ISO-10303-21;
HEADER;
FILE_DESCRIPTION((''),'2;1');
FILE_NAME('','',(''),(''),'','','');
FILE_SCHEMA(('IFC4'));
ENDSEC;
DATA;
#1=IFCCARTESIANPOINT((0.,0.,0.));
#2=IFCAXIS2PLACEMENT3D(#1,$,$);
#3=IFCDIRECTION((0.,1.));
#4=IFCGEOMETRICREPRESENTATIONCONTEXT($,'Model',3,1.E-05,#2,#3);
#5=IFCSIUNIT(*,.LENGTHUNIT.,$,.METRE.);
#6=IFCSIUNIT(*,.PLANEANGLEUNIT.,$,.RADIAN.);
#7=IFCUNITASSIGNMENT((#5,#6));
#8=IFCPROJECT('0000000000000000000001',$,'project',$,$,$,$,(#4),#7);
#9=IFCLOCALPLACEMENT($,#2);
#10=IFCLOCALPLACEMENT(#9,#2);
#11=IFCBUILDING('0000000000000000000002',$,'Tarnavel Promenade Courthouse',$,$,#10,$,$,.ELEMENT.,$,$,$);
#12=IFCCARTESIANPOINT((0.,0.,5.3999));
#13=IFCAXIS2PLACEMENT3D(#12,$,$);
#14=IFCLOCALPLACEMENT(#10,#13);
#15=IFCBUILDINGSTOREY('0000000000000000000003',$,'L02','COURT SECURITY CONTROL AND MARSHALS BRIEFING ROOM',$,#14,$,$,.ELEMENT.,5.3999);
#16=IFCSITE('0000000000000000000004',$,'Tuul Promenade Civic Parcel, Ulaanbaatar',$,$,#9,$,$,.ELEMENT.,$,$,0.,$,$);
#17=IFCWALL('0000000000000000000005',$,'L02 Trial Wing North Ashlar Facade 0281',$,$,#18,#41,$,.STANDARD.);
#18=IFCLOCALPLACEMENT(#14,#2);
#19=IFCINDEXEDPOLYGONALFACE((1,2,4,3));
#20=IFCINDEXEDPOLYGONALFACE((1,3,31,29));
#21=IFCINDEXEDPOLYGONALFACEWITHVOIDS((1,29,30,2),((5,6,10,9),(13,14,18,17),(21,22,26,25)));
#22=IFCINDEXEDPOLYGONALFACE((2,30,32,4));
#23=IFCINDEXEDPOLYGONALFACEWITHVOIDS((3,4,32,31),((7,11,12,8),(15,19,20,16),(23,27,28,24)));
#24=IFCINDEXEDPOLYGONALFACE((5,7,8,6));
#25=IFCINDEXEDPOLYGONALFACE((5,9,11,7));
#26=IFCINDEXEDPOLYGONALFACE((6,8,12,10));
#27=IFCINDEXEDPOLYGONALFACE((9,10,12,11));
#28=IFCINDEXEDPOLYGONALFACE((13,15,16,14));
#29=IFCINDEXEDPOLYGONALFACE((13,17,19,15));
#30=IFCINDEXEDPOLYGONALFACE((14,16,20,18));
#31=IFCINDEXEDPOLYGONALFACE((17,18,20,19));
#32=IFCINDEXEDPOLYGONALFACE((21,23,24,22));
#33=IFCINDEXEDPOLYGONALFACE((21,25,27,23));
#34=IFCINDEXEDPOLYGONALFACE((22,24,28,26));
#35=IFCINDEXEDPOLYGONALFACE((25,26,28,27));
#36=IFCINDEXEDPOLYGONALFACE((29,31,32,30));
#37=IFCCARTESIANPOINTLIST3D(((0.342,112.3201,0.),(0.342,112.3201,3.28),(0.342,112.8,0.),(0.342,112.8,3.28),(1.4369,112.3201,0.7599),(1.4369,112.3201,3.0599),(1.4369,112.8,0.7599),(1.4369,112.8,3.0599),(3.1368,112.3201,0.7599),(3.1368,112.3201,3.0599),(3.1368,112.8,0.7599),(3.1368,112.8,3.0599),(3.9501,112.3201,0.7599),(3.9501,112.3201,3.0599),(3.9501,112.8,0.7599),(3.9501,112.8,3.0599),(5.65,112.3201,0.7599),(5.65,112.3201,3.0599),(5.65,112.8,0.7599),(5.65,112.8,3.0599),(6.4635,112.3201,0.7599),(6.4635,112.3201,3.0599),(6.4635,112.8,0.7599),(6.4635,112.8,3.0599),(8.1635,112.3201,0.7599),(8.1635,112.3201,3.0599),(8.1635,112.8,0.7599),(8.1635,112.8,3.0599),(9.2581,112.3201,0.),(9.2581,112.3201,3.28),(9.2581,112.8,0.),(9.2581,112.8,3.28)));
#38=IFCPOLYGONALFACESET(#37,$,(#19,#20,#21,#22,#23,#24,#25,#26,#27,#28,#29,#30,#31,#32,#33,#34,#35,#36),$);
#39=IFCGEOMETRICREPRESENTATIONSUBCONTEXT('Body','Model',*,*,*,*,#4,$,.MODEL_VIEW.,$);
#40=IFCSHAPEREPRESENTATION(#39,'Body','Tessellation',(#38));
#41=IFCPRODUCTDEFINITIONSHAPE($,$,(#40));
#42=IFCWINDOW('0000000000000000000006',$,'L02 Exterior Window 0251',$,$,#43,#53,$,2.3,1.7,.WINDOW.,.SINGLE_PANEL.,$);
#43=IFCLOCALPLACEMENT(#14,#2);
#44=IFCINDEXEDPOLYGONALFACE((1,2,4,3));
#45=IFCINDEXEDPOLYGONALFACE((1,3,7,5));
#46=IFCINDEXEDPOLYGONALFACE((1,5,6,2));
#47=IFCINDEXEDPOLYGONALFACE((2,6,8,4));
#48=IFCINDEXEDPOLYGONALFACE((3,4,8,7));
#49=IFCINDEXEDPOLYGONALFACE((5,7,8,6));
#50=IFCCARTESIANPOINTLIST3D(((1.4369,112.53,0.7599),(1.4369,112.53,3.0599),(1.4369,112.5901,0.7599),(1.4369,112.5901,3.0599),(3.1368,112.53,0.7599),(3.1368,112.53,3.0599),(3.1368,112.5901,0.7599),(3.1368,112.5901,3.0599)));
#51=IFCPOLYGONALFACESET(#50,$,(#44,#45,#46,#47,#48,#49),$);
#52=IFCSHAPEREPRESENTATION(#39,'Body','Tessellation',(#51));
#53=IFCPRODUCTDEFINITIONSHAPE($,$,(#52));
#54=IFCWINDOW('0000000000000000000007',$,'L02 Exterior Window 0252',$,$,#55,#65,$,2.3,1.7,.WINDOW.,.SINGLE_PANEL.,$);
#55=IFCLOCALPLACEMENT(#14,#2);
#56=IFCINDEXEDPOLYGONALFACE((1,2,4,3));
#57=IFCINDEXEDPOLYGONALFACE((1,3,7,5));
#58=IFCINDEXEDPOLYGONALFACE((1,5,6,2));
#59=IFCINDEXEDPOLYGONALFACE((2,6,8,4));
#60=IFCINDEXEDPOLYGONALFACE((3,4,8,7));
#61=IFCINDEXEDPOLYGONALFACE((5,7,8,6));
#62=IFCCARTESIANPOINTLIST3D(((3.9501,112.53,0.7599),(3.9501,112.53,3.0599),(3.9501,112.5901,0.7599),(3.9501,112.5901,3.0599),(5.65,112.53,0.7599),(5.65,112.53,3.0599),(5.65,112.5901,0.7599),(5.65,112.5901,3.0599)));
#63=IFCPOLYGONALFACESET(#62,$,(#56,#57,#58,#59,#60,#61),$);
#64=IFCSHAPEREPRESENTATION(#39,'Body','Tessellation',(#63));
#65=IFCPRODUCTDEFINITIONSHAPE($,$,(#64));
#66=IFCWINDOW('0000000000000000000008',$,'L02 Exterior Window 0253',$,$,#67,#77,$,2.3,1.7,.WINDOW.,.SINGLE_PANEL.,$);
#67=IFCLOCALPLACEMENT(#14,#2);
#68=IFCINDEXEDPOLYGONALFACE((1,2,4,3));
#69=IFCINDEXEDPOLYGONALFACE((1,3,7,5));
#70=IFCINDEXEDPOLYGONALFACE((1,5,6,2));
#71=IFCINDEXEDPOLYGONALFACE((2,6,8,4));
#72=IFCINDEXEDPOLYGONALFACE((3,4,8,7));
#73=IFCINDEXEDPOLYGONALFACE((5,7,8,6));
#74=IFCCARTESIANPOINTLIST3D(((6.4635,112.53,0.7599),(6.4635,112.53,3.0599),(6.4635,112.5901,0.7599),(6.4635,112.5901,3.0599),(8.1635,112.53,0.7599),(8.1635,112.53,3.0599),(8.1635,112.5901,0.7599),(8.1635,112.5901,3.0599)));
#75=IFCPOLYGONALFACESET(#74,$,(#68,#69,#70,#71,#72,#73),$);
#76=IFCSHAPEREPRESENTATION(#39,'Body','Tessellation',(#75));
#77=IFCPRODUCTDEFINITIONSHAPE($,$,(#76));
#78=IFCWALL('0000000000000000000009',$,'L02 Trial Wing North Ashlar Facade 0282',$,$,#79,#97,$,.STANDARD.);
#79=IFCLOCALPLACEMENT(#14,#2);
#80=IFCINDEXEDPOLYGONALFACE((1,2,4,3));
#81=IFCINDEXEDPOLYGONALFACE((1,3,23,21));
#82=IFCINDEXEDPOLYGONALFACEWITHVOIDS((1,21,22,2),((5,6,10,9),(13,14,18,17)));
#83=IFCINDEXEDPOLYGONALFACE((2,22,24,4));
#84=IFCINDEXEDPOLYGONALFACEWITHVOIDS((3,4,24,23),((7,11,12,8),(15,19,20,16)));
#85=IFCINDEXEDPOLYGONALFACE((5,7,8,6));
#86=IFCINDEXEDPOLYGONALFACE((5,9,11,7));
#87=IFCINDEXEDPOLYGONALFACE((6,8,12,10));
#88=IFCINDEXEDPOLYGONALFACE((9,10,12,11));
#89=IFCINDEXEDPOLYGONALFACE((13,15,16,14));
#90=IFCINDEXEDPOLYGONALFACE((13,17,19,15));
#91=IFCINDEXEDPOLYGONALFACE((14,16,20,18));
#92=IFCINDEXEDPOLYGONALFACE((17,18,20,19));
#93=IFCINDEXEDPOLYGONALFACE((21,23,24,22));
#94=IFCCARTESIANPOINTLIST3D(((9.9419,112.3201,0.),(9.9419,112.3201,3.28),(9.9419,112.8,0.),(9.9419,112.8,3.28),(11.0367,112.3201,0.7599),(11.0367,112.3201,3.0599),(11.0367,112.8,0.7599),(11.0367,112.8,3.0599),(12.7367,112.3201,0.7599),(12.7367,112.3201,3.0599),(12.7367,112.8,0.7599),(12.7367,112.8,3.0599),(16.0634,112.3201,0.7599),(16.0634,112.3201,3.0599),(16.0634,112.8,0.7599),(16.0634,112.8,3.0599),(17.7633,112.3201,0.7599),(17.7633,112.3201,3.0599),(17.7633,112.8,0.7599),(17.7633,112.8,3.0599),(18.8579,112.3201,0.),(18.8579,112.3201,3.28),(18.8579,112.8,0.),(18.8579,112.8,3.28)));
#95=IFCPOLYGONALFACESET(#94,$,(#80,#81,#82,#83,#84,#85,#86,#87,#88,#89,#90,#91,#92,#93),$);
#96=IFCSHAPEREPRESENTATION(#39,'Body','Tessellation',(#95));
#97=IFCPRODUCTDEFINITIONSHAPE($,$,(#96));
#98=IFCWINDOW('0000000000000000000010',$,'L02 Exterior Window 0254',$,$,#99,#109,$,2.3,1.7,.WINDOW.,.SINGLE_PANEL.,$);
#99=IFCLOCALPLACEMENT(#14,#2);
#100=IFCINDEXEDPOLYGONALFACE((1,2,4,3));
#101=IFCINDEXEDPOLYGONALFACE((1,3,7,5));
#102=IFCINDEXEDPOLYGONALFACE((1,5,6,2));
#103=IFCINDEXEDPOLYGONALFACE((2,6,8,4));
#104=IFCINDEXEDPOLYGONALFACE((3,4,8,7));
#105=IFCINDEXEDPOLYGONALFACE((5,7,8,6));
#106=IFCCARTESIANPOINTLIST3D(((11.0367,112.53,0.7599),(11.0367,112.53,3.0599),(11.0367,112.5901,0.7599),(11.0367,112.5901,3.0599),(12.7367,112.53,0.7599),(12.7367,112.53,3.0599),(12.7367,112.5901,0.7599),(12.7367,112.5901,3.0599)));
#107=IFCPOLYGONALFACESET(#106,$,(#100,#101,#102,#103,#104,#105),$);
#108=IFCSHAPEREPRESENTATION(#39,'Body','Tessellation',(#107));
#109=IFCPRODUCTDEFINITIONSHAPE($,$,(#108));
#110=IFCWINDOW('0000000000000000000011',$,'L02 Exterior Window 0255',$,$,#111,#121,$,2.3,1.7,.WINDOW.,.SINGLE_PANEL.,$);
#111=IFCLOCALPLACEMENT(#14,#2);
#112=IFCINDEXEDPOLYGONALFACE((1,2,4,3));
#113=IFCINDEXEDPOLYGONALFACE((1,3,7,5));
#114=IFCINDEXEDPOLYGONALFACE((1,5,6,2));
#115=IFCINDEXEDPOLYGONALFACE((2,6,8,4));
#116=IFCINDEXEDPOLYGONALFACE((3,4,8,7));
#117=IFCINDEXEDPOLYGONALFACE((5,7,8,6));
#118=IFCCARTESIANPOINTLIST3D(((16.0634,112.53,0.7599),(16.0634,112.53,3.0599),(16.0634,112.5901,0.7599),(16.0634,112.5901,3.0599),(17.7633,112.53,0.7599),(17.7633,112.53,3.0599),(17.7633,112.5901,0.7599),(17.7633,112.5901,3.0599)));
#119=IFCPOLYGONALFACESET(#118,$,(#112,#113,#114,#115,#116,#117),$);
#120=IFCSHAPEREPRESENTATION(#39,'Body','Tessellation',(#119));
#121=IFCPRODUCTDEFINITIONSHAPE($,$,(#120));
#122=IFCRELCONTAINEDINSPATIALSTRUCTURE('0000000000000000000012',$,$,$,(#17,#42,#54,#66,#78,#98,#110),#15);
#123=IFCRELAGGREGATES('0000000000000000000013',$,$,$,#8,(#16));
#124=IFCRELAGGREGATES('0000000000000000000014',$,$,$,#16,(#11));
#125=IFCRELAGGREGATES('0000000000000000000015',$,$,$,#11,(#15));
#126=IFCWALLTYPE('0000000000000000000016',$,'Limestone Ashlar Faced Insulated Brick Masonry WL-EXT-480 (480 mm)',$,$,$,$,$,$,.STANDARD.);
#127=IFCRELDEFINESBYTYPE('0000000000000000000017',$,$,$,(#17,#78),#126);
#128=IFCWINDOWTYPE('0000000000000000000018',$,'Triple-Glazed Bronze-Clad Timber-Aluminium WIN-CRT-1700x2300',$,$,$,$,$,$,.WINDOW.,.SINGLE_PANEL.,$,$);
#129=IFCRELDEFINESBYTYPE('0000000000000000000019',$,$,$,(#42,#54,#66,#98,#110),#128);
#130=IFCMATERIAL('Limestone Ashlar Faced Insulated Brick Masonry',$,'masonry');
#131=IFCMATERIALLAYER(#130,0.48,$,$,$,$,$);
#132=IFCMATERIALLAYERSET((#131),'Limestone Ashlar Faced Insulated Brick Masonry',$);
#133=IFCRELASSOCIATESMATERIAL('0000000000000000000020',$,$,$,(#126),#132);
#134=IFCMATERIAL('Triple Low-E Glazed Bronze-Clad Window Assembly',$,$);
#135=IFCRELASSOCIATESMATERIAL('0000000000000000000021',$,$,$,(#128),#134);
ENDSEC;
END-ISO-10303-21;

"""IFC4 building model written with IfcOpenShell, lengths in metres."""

from ifc_helpers import new_model, si_unit, direction, frame, frame_2d, origin, place, context, subcontext, project, spatial, rectangle, extrude, material, layer, layer_set, type_object, element, fill, save


model = new_model("IFC4")

# Units and contexts
model_context = context("Model", 3, precision=1e-05, world=origin(), true_north=direction((0.0, 1.0)))
body_context = subcontext(model_context, "Body", "Model", "MODEL_VIEW")
ifc_project = project(units=[si_unit("LENGTHUNIT", "METRE"), si_unit("PLANEANGLEUNIT", "RADIAN")], contexts=[model_context])

# Site, building, storey
site_placement = place(None, origin())
site = spatial("IfcSite", under=ifc_project, at=site_placement, Name="Tuul Promenade Civic Parcel, Ulaanbaatar", CompositionType="ELEMENT", RefElevation=0.0)
building_placement = place(site_placement, origin())
building = spatial("IfcBuilding", under=site, at=building_placement, Name="Tarnavel Promenade Courthouse", CompositionType="ELEMENT")
storey_placement = place(building_placement, frame((0.0, 0.0, 5.3999)))
storey = spatial("IfcBuildingStorey", under=building, at=storey_placement, Name="L02", Description="COURT SECURITY CONTROL AND MARSHALS BRIEFING ROOM", CompositionType="ELEMENT", Elevation=5.3999)

# Walls, openings, windows
ifc_material_1 = material(Name="Limestone Ashlar Faced Insulated Brick Masonry", Category="masonry")
ifc_layer_1 = layer(ifc_material_1, 0.48)
ifc_layer_set_1 = layer_set([ifc_layer_1], Name="Limestone Ashlar Faced Insulated Brick Masonry")
wall_type_1 = type_object("IfcWallType", Name="Limestone Ashlar Faced Insulated Brick Masonry WL-EXT-480 (480 mm)", PredefinedType="STANDARD", material=ifc_layer_set_1)
wall_1_placement = place(storey_placement, frame((0.342, 112.5601, 0.0), z_axis=(0.0, 0.0, 1.0), x_axis=(1.0, 0.0, 0.0)))
wall_1 = element("IfcWall", 1, at=wall_1_placement, inside=storey, type_object=wall_type_1, Name="L02 Trial Wing North Ashlar Facade 0281", PredefinedType="STANDARD", context=body_context, shape_type="SweptSolid", body=[
    extrude(rectangle(XDim=8.916, YDim=0.48, at=frame_2d((4.458, 0.0))), origin(), (0.0, 0.0, 1.0), 3.28),
])
opening_1_placement = place(wall_1_placement, frame((1.0947, 0.0, 0.76)))
opening_1 = element("IfcOpeningElement", 2, at=opening_1_placement, cuts=wall_1, PredefinedType="OPENING", context=body_context, shape_type="SweptSolid", body=[
    extrude(rectangle(XDim=1.7, YDim=2.3, at=frame_2d((0.8501, 1.1499))), frame((0.0, 0.25, 0.0), z_axis=(0.0, -1.0, 0.0), x_axis=(1.0, 0.0, 0.0)), (0.0, 0.0, 1.0), 0.5),
])
opening_2_placement = place(wall_1_placement, frame((3.6079, 0.0, 0.76)))
opening_2 = element("IfcOpeningElement", 3, at=opening_2_placement, cuts=wall_1, PredefinedType="OPENING", context=body_context, shape_type="SweptSolid", body=[
    extrude(rectangle(XDim=1.7, YDim=2.3, at=frame_2d((0.8501, 1.1499))), frame((0.0, 0.25, 0.0), z_axis=(0.0, -1.0, 0.0), x_axis=(1.0, 0.0, 0.0)), (0.0, 0.0, 1.0), 0.5),
])
opening_3_placement = place(wall_1_placement, frame((6.1213, 0.0, 0.76)))
opening_3 = element("IfcOpeningElement", 4, at=opening_3_placement, cuts=wall_1, PredefinedType="OPENING", context=body_context, shape_type="SweptSolid", body=[
    extrude(rectangle(XDim=1.7, YDim=2.3, at=frame_2d((0.8501, 1.1499))), frame((0.0, 0.25, 0.0), z_axis=(0.0, -1.0, 0.0), x_axis=(1.0, 0.0, 0.0)), (0.0, 0.0, 1.0), 0.5),
])
ifc_material_2 = material(Name="Triple Low-E Glazed Bronze-Clad Window Assembly")
window_type = type_object("IfcWindowType", Name="Triple-Glazed Bronze-Clad Timber-Aluminium WIN-CRT-1700x2300", PartitioningType="SINGLE_PANEL", PredefinedType="WINDOW", material=ifc_material_2)
window_1_placement = place(opening_1_placement, origin())
window_1 = element("IfcWindow", 5, at=window_1_placement, inside=storey, type_object=window_type, Name="L02 Exterior Window 0251", OverallHeight=2.3, OverallWidth=1.7, PartitioningType="SINGLE_PANEL", PredefinedType="WINDOW", context=body_context, shape_type="SweptSolid", body=[
    extrude(rectangle(XDim=1.7, YDim=2.3, at=frame_2d((0.8501, 1.1499))), frame((0.0, 0.03, 0.0), z_axis=(0.0, -1.0, 0.0), x_axis=(1.0, 0.0, 0.0)), (0.0, 0.0, 1.0), 0.0601),
])
fill(opening_1, window_1)
window_2_placement = place(opening_2_placement, origin())
window_2 = element("IfcWindow", 6, at=window_2_placement, inside=storey, type_object=window_type, Name="L02 Exterior Window 0252", OverallHeight=2.3, OverallWidth=1.7, PartitioningType="SINGLE_PANEL", PredefinedType="WINDOW", context=body_context, shape_type="SweptSolid", body=[
    extrude(rectangle(XDim=1.7, YDim=2.3, at=frame_2d((0.8501, 1.1499))), frame((0.0, 0.03, 0.0), z_axis=(0.0, -1.0, 0.0), x_axis=(1.0, 0.0, 0.0)), (0.0, 0.0, 1.0), 0.0601),
])
fill(opening_2, window_2)
window_3_placement = place(opening_3_placement, origin())
window_3 = element("IfcWindow", 7, at=window_3_placement, inside=storey, type_object=window_type, Name="L02 Exterior Window 0253", OverallHeight=2.3, OverallWidth=1.7, PartitioningType="SINGLE_PANEL", PredefinedType="WINDOW", context=body_context, shape_type="SweptSolid", body=[
    extrude(rectangle(XDim=1.7, YDim=2.3, at=frame_2d((0.8501, 1.1499))), frame((0.0, 0.03, 0.0), z_axis=(0.0, -1.0, 0.0), x_axis=(1.0, 0.0, 0.0)), (0.0, 0.0, 1.0), 0.0601),
])
fill(opening_3, window_3)
wall_2_placement = place(storey_placement, frame((9.9419, 112.5601, 0.0), z_axis=(0.0, 0.0, 1.0), x_axis=(1.0, 0.0, 0.0)))
wall_2 = element("IfcWall", 8, at=wall_2_placement, inside=storey, type_object=wall_type_1, Name="L02 Trial Wing North Ashlar Facade 0282", PredefinedType="STANDARD", context=body_context, shape_type="SweptSolid", body=[
    extrude(rectangle(XDim=8.916, YDim=0.48, at=frame_2d((4.458, 0.0))), origin(), (0.0, 0.0, 1.0), 3.28),
])
opening_4_placement = place(wall_2_placement, frame((1.0947, 0.0, 0.76)))
opening_4 = element("IfcOpeningElement", 9, at=opening_4_placement, cuts=wall_2, PredefinedType="OPENING", context=body_context, shape_type="SweptSolid", body=[
    extrude(rectangle(XDim=1.7, YDim=2.3, at=frame_2d((0.8501, 1.1499))), frame((0.0, 0.25, 0.0), z_axis=(0.0, -1.0, 0.0), x_axis=(1.0, 0.0, 0.0)), (0.0, 0.0, 1.0), 0.5),
])
opening_5_placement = place(wall_2_placement, frame((6.1213, 0.0, 0.76)))
opening_5 = element("IfcOpeningElement", 10, at=opening_5_placement, cuts=wall_2, PredefinedType="OPENING", context=body_context, shape_type="SweptSolid", body=[
    extrude(rectangle(XDim=1.7, YDim=2.3, at=frame_2d((0.8501, 1.1499))), frame((0.0, 0.25, 0.0), z_axis=(0.0, -1.0, 0.0), x_axis=(1.0, 0.0, 0.0)), (0.0, 0.0, 1.0), 0.5),
])
window_4_placement = place(opening_4_placement, origin())
window_4 = element("IfcWindow", 11, at=window_4_placement, inside=storey, type_object=window_type, Name="L02 Exterior Window 0254", OverallHeight=2.3, OverallWidth=1.7, PartitioningType="SINGLE_PANEL", PredefinedType="WINDOW", context=body_context, shape_type="SweptSolid", body=[
    extrude(rectangle(XDim=1.7, YDim=2.3, at=frame_2d((0.8501, 1.1499))), frame((0.0, 0.03, 0.0), z_axis=(0.0, -1.0, 0.0), x_axis=(1.0, 0.0, 0.0)), (0.0, 0.0, 1.0), 0.0601),
])
fill(opening_4, window_4)
window_5_placement = place(opening_5_placement, origin())
window_5 = element("IfcWindow", 12, at=window_5_placement, inside=storey, type_object=window_type, Name="L02 Exterior Window 0255", OverallHeight=2.3, OverallWidth=1.7, PartitioningType="SINGLE_PANEL", PredefinedType="WINDOW", context=body_context, shape_type="SweptSolid", body=[
    extrude(rectangle(XDim=1.7, YDim=2.3, at=frame_2d((0.8501, 1.1499))), frame((0.0, 0.03, 0.0), z_axis=(0.0, -1.0, 0.0), x_axis=(1.0, 0.0, 0.0)), (0.0, 0.0, 1.0), 0.0601),
])
fill(opening_5, window_5)

save(model, "model.ifc")
